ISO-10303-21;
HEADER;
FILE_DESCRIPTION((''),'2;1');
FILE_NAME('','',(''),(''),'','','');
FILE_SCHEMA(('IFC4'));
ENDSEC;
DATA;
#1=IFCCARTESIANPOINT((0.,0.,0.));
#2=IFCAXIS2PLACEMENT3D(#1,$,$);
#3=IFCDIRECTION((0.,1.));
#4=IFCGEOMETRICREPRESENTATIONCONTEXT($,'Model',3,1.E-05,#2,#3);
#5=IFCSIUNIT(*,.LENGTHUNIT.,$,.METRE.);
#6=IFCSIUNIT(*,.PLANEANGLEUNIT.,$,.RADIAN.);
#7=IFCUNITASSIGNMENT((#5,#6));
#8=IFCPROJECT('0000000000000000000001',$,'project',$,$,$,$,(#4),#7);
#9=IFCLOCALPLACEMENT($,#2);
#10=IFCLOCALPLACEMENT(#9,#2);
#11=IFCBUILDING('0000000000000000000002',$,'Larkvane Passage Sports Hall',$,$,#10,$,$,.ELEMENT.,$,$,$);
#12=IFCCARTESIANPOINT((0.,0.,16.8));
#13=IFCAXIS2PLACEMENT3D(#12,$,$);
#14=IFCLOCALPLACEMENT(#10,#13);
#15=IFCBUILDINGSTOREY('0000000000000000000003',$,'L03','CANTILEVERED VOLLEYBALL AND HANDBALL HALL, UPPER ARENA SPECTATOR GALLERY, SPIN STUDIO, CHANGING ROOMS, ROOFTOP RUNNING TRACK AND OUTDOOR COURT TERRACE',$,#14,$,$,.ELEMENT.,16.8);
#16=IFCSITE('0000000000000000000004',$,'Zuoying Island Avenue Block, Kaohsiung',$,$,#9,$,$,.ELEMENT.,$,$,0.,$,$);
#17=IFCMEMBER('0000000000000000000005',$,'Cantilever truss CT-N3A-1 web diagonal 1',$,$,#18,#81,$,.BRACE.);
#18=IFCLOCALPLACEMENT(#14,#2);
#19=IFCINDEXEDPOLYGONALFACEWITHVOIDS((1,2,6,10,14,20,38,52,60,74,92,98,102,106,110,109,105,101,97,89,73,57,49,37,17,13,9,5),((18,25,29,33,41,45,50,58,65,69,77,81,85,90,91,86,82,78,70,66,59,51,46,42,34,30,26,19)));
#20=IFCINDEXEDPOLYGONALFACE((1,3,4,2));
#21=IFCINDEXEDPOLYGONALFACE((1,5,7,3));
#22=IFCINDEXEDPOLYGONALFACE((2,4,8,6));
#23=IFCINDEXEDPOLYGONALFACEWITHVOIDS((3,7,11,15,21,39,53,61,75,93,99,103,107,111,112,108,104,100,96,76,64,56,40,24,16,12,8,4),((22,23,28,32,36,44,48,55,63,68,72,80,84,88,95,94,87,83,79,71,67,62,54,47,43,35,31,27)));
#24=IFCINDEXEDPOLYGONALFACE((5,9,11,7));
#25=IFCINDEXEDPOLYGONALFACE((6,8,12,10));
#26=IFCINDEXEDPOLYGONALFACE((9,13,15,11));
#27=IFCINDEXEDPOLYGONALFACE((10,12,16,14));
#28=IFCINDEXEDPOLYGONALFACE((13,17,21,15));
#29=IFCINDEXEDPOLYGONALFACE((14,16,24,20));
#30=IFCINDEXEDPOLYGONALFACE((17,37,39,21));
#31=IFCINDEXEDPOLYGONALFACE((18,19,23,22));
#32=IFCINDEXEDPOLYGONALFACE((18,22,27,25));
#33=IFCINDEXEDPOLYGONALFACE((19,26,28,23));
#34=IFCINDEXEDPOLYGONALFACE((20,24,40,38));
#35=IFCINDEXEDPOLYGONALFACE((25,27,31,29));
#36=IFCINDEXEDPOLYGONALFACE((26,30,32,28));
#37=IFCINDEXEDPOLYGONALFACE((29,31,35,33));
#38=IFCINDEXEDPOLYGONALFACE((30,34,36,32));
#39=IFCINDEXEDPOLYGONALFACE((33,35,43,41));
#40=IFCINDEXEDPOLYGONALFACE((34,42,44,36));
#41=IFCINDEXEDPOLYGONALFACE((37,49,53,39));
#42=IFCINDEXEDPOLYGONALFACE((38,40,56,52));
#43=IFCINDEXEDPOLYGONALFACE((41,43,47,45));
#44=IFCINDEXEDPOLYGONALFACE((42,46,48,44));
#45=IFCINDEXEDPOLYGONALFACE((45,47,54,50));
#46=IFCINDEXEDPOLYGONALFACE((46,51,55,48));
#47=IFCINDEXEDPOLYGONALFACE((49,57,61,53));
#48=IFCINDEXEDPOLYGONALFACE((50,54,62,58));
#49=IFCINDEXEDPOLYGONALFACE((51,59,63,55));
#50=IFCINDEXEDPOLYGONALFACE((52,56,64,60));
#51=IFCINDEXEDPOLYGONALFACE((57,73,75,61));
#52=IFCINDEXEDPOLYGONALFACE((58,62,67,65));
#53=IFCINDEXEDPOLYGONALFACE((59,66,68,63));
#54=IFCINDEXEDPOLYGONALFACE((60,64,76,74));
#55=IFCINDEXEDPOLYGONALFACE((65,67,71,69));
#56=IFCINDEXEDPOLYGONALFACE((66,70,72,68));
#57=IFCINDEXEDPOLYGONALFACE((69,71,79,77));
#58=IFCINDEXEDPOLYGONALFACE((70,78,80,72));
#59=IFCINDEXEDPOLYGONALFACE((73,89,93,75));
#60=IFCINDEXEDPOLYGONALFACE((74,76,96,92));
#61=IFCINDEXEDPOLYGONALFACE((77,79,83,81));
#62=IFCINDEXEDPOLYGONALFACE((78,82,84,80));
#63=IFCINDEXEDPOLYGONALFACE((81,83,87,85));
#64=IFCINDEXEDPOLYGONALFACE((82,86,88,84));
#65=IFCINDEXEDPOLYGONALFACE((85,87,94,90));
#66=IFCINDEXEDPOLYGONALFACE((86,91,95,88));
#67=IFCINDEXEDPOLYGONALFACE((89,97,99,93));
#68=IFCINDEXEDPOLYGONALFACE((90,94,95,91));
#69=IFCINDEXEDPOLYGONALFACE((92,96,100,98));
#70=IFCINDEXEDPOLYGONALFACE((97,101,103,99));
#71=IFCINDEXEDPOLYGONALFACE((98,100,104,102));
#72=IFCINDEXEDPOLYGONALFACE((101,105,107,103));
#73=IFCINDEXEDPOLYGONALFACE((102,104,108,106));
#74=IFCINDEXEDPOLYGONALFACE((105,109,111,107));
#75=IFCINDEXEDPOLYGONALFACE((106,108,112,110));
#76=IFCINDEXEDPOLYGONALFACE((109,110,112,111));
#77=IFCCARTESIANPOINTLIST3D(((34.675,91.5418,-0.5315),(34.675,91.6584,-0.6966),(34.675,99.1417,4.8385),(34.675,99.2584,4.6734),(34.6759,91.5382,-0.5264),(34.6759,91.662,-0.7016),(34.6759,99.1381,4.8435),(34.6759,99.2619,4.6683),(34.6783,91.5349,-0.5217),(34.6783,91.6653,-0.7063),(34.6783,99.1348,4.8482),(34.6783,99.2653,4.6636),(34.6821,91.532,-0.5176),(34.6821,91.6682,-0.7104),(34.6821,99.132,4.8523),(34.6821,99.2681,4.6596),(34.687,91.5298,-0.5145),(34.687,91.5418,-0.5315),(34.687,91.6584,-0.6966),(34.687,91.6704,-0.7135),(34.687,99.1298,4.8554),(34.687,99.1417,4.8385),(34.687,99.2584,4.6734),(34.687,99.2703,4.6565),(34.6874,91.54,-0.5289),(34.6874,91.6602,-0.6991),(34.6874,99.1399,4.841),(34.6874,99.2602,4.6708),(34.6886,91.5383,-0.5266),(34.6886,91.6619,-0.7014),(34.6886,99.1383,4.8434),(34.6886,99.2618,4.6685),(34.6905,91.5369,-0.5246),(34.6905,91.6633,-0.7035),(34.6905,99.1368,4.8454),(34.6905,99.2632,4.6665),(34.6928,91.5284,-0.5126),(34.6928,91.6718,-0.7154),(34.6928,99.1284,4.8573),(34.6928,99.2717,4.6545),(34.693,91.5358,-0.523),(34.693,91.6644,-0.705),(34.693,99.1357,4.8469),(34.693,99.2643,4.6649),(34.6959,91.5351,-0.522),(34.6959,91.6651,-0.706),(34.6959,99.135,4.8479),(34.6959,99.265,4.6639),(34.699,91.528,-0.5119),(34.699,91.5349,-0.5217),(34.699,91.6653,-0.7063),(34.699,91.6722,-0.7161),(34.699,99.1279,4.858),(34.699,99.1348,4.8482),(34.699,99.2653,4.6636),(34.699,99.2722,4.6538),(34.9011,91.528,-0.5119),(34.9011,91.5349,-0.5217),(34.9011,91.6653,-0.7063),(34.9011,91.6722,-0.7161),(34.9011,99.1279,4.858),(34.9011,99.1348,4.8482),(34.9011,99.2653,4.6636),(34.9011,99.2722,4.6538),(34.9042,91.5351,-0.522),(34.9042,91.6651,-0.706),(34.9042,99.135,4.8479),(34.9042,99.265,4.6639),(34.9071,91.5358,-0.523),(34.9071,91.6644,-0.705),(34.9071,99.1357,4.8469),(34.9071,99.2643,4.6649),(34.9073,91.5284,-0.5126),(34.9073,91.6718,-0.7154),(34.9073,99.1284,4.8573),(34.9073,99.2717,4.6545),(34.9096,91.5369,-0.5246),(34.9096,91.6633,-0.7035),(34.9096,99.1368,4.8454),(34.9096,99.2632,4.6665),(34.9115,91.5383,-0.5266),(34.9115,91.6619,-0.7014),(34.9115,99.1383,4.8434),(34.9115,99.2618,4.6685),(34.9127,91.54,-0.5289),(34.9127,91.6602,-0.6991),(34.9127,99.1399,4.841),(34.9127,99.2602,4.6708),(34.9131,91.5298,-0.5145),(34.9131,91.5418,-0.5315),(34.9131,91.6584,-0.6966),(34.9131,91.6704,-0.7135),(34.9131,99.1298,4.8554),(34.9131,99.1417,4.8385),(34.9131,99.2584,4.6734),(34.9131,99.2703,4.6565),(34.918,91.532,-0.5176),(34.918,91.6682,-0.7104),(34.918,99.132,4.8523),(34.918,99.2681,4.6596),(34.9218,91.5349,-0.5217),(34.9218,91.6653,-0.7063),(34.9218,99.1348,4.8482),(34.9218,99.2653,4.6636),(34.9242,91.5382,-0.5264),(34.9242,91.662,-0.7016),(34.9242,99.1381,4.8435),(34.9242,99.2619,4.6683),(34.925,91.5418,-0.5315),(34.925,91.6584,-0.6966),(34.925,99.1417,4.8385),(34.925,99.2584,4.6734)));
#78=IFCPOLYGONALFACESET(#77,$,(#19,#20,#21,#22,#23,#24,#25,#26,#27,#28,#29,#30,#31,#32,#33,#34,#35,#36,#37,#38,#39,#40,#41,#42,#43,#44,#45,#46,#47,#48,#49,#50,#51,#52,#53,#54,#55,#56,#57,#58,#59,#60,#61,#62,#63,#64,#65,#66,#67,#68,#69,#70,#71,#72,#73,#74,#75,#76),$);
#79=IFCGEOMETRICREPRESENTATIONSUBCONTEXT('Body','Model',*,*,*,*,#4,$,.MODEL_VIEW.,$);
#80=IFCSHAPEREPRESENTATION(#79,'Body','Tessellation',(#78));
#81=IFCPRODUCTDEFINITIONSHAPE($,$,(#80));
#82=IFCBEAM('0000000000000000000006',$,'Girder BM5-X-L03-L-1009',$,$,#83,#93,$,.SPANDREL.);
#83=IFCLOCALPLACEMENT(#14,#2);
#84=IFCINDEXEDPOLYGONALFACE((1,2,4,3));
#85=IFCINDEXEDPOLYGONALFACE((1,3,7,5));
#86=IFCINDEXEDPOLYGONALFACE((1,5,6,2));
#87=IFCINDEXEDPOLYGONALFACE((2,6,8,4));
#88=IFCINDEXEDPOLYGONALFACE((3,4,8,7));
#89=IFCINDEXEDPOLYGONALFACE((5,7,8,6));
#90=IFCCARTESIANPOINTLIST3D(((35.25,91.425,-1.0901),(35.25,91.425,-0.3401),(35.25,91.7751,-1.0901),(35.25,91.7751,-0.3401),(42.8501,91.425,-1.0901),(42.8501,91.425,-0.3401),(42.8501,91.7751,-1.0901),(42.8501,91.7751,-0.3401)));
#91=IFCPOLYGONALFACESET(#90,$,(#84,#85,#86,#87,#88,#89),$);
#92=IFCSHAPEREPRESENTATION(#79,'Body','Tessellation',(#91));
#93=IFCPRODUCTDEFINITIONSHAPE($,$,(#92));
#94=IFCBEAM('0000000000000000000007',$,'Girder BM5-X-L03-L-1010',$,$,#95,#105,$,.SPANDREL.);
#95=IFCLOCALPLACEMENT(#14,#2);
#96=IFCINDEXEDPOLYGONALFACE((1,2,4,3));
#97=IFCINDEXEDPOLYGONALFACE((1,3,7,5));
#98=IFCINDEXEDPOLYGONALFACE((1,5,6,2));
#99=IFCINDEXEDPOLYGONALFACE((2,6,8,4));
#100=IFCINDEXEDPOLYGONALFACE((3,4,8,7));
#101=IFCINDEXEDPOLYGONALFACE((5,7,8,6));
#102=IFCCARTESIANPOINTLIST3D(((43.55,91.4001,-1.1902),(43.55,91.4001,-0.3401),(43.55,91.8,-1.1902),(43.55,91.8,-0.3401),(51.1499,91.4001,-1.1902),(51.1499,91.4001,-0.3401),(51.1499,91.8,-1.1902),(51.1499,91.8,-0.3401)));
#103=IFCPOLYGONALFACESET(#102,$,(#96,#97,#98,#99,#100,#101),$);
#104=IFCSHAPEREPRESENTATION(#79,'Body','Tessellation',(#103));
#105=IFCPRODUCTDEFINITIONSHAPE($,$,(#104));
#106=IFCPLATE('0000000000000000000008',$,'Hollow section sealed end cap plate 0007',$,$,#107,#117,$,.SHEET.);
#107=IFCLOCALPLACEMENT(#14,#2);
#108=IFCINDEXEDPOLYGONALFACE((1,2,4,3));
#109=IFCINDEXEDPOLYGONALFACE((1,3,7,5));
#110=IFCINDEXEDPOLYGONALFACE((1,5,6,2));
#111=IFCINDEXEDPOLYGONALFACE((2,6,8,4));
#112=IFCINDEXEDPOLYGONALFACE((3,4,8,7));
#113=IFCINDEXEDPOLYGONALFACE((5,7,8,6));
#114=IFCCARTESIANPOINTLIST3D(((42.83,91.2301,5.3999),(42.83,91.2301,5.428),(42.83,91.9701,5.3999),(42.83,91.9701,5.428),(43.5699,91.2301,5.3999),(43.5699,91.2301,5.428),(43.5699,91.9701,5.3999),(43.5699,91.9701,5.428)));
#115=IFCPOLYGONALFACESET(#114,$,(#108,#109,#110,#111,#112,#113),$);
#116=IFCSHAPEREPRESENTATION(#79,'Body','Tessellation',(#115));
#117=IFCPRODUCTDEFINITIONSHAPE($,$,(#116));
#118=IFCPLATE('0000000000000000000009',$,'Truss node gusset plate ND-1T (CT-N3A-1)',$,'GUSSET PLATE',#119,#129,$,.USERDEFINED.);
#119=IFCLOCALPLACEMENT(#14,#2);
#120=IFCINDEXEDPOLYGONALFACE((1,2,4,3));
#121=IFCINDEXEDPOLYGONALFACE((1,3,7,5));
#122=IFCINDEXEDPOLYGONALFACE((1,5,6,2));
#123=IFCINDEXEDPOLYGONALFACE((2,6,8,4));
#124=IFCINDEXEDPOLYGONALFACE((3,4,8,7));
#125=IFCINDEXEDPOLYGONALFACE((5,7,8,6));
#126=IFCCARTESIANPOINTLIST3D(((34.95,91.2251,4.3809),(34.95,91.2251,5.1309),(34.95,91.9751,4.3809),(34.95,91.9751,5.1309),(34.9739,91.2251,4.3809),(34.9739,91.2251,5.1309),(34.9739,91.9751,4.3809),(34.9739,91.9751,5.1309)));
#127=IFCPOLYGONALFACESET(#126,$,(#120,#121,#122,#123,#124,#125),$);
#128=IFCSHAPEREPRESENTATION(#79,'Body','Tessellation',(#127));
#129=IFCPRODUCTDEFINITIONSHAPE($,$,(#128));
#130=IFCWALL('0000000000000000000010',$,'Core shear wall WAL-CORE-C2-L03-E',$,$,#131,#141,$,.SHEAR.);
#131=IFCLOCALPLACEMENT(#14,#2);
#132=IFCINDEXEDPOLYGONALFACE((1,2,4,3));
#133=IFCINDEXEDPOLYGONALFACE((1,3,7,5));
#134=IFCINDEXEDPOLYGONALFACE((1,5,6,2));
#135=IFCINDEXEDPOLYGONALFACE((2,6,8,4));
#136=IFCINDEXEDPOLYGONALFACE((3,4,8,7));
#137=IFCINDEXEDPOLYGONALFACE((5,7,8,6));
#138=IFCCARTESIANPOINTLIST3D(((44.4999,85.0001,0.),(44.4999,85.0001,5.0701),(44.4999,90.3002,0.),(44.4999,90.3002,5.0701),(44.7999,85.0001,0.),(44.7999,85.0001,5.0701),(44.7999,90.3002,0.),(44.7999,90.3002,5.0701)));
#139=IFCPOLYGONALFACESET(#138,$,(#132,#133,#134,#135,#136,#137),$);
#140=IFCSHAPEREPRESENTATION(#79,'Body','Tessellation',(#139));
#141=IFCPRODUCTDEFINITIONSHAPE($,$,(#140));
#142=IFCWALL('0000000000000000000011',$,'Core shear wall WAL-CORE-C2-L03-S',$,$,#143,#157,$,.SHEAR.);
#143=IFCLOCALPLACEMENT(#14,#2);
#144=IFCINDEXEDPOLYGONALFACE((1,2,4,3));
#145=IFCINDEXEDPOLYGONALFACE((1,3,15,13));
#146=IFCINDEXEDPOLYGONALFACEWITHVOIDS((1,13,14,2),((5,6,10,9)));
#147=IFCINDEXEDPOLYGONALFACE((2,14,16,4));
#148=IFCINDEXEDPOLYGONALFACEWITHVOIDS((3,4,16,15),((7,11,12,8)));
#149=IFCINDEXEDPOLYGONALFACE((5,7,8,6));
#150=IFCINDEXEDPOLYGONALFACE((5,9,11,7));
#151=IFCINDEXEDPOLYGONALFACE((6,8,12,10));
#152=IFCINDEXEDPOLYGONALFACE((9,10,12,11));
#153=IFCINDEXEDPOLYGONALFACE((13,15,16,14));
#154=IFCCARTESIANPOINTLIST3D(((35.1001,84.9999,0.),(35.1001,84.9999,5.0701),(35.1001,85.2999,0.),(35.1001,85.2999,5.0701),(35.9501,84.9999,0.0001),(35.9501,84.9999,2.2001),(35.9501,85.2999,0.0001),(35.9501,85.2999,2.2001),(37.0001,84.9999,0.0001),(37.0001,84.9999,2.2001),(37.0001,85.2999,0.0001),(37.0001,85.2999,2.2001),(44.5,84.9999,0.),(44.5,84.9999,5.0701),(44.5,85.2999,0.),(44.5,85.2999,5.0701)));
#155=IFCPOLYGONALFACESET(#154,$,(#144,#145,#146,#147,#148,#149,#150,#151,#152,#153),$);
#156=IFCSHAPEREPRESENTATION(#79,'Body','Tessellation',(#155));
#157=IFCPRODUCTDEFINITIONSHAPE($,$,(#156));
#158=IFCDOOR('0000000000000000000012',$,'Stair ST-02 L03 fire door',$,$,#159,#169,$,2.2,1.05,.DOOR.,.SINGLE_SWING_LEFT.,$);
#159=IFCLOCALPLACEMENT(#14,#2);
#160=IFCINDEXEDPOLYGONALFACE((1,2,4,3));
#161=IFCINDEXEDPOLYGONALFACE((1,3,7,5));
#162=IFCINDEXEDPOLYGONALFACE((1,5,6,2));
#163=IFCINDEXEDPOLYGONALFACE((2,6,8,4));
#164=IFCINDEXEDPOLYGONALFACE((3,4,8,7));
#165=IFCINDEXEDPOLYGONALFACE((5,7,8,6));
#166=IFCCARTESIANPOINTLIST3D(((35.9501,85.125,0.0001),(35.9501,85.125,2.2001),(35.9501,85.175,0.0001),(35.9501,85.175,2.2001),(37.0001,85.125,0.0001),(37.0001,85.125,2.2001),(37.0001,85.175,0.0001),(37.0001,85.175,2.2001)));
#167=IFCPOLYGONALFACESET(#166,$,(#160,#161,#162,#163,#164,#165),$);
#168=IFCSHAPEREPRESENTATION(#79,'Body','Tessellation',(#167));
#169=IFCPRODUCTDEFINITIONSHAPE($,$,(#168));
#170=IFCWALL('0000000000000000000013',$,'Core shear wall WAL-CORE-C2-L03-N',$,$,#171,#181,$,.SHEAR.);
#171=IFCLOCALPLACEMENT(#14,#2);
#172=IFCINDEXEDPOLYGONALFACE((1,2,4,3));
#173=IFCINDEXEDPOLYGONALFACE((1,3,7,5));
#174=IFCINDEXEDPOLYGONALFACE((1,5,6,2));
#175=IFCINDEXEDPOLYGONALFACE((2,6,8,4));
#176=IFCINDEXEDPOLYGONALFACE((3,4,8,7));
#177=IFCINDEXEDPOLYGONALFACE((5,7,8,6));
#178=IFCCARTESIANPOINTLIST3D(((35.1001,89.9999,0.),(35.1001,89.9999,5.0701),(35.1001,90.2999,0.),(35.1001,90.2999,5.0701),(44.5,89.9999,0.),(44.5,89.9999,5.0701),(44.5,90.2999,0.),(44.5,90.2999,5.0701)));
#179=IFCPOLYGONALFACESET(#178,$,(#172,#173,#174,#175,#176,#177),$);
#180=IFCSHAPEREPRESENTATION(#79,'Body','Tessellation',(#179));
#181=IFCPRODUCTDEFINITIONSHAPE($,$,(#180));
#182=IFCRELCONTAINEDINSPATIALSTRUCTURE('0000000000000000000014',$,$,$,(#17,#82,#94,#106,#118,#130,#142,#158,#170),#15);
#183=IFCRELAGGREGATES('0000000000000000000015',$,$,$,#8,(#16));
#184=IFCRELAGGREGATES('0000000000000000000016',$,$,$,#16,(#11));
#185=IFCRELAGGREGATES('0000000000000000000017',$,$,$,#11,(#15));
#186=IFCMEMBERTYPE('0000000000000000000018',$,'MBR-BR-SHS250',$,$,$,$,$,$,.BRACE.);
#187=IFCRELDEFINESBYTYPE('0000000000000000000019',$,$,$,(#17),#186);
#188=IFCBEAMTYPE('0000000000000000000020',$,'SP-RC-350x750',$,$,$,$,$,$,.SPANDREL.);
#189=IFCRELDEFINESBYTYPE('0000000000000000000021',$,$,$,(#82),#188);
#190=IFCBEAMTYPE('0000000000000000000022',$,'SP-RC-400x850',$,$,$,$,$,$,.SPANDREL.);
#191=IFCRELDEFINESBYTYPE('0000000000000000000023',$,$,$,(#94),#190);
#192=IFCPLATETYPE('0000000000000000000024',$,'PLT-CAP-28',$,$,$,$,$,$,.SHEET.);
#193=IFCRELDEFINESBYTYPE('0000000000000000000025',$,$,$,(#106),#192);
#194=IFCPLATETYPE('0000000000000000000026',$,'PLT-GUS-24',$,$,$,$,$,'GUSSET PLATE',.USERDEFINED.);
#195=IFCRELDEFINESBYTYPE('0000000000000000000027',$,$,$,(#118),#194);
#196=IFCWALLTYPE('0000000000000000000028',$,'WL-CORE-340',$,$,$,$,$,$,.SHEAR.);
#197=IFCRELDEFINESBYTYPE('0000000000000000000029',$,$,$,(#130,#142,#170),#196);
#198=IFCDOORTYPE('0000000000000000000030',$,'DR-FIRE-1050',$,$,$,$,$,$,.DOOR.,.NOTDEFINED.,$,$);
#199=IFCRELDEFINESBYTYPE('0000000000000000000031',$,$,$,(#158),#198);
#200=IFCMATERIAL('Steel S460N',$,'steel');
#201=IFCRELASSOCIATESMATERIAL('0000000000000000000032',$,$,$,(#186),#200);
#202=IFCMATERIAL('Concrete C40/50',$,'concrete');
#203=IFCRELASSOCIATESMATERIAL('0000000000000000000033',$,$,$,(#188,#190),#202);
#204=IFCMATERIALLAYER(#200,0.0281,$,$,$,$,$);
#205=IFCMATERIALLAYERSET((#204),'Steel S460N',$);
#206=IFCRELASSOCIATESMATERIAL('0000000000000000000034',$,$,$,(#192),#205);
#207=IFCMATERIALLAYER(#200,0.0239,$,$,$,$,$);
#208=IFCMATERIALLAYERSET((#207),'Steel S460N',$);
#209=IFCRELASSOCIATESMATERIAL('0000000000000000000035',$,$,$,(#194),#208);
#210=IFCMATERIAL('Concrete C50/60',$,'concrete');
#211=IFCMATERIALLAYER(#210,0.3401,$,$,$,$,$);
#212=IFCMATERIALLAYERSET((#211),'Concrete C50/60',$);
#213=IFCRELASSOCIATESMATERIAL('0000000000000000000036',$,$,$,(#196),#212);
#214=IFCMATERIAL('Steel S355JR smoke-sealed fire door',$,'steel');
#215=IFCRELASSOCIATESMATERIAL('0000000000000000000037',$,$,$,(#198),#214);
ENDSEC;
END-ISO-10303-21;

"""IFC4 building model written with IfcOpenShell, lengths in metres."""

from ifc_helpers import new_model, si_unit, direction, frame, frame_2d, origin, origin_2d, place, context, subcontext, project, spatial, rectangle, hollow_rectangle, extrude, material, layer, layer_set, material_profile, profile_set, type_object, element, fill, save


model = new_model("IFC4")

# Units and contexts
model_context = context("Model", 3, precision=1e-05, world=origin(), true_north=direction((0.0, 1.0)))
body_context = subcontext(model_context, "Body", "Model", "MODEL_VIEW")
ifc_project = project(units=[si_unit("LENGTHUNIT", "METRE"), si_unit("PLANEANGLEUNIT", "RADIAN")], contexts=[model_context])

# Site, building, storey
site_placement = place(None, origin())
site = spatial("IfcSite", under=ifc_project, at=site_placement, Name="Zuoying Island Avenue Block, Kaohsiung", CompositionType="ELEMENT", RefElevation=0.0)
building_placement = place(site_placement, origin())
building = spatial("IfcBuilding", under=site, at=building_placement, Name="Larkvane Passage Sports Hall", CompositionType="ELEMENT")
storey_placement = place(building_placement, frame((0.0, 0.0, 16.8)))
storey = spatial("IfcBuildingStorey", under=building, at=storey_placement, Name="L03", Description="CANTILEVERED VOLLEYBALL AND HANDBALL HALL, UPPER ARENA SPECTATOR GALLERY, SPIN STUDIO, CHANGING ROOMS, ROOFTOP RUNNING TRACK AND OUTDOOR COURT TERRACE", CompositionType="ELEMENT", Elevation=16.8)

# Shared definitions
ifc_material_1 = material(Name="Concrete C40/50", Category="concrete")
ifc_material_2 = material(Name="Steel S460N", Category="steel")

# Member
ifc_material_profile_1 = material_profile(ifc_material_2, hollow_rectangle(XDim=0.25, YDim=0.25, WallThickness=0.012, InnerFilletRadius=0.012, OuterFilletRadius=0.0239, at=origin_2d()), Name="SHS-250x250x12")
ifc_profile_set_1 = profile_set([ifc_material_profile_1], Name="Steel S460N")
member_type = type_object("IfcMemberType", Name="MBR-BR-SHS250", PredefinedType="BRACE", material=ifc_profile_set_1)
member_placement = place(storey_placement, frame((34.8, 91.6001, -0.614), z_axis=(0.0, 0.816701, 0.577061), x_axis=(-1.0, 0.0, 0.0)))
element("IfcMember", 1, at=member_placement, inside=storey, type_object=member_type, Name="Cantilever truss CT-N3A-1 web diagonal 1", PredefinedType="BRACE", context=body_context, shape_type="SweptSolid", body=[
    extrude(hollow_rectangle(XDim=0.25, YDim=0.25, WallThickness=0.012, InnerFilletRadius=0.012, OuterFilletRadius=0.0239, at=origin_2d()), origin(), (0.0, 0.0, 1.0), 9.3057),
])

# Beams
ifc_material_profile_2 = material_profile(ifc_material_1, rectangle(XDim=0.3501, YDim=0.75, at=origin_2d()), Name="RC-SP-350x750")
ifc_profile_set_2 = profile_set([ifc_material_profile_2], Name="Concrete C40/50")
beam_type_1 = type_object("IfcBeamType", Name="SP-RC-350x750", PredefinedType="SPANDREL", material=ifc_profile_set_2)
beam_1_placement = place(storey_placement, frame((35.25, 91.6001, -0.7151), z_axis=(1.0, 0.0, 0.0), x_axis=(0.0, 1.0, 0.0)))
element("IfcBeam", 2, at=beam_1_placement, inside=storey, type_object=beam_type_1, Name="Girder BM5-X-L03-L-1009", PredefinedType="SPANDREL", context=body_context, shape_type="SweptSolid", body=[
    extrude(rectangle(XDim=0.3501, YDim=0.75, at=origin_2d()), origin(), (0.0, 0.0, 1.0), 7.6001),
])
ifc_material_profile_3 = material_profile(ifc_material_1, rectangle(XDim=0.3999, YDim=0.8501, at=origin_2d()), Name="RC-SP-400x850")
ifc_profile_set_3 = profile_set([ifc_material_profile_3], Name="Concrete C40/50")
beam_type_2 = type_object("IfcBeamType", Name="SP-RC-400x850", PredefinedType="SPANDREL", material=ifc_profile_set_3)
beam_2_placement = place(storey_placement, frame((43.55, 91.6001, -0.7651), z_axis=(1.0, 0.0, 0.0), x_axis=(0.0, 1.0, 0.0)))
element("IfcBeam", 3, at=beam_2_placement, inside=storey, type_object=beam_type_2, Name="Girder BM5-X-L03-L-1010", PredefinedType="SPANDREL", context=body_context, shape_type="SweptSolid", body=[
    extrude(rectangle(XDim=0.3999, YDim=0.8501, at=origin_2d()), origin(), (0.0, 0.0, 1.0), 7.5999),
])

# Plates
ifc_layer_1 = layer(ifc_material_2, 0.0281)
ifc_layer_set_1 = layer_set([ifc_layer_1], Name="Steel S460N")
plate_type_1 = type_object("IfcPlateType", Name="PLT-CAP-28", PredefinedType="SHEET", material=ifc_layer_set_1)
plate_1_placement = place(storey_placement, frame((43.2, 91.6001, 5.3999), z_axis=(0.0, 0.0, 1.0), x_axis=(1.0, 0.0, 0.0)))
element("IfcPlate", 4, at=plate_1_placement, inside=storey, type_object=plate_type_1, Name="Hollow section sealed end cap plate 0007", PredefinedType="SHEET", context=body_context, shape_type="SweptSolid", body=[
    extrude(rectangle(XDim=0.74, YDim=0.74, at=origin_2d()), origin(), (0.0, 0.0, 1.0), 0.0281),
])
ifc_layer_2 = layer(ifc_material_2, 0.0239)
ifc_layer_set_2 = layer_set([ifc_layer_2], Name="Steel S460N")
plate_type_2 = type_object("IfcPlateType", Name="PLT-GUS-24", ElementType="GUSSET PLATE", PredefinedType="USERDEFINED", material=ifc_layer_set_2)
plate_2_placement = place(storey_placement, frame((34.9619, 91.6001, 4.3809), z_axis=(0.0, 0.0, 1.0), x_axis=(0.0, 1.0, 0.0)))
element("IfcPlate", 5, at=plate_2_placement, inside=storey, type_object=plate_type_2, Name="Truss node gusset plate ND-1T (CT-N3A-1)", ObjectType="GUSSET PLATE", PredefinedType="USERDEFINED", context=body_context, shape_type="SweptSolid", body=[
    extrude(rectangle(XDim=0.75, YDim=0.0239, at=origin_2d()), origin(), (0.0, 0.0, 1.0), 0.75),
])

# Wall
ifc_material_3 = material(Name="Concrete C50/60", Category="concrete")
ifc_layer_3 = layer(ifc_material_3, 0.3401)
ifc_layer_set_3 = layer_set([ifc_layer_3], Name="Concrete C50/60")
wall_type_1 = type_object("IfcWallType", Name="WL-CORE-340", PredefinedType="SHEAR", material=ifc_layer_set_3)
wall_1_placement = place(storey_placement, frame((44.6499, 90.3, 0.0), z_axis=(0.0, 0.0, 1.0), x_axis=(0.0, -1.0, 0.0)))
element("IfcWall", 6, at=wall_1_placement, inside=storey, type_object=wall_type_1, Name="Core shear wall WAL-CORE-C2-L03-E", PredefinedType="SHEAR", context=body_context, shape_type="SweptSolid", body=[
    extrude(rectangle(XDim=5.3, YDim=0.3, at=frame_2d((2.6499, 0.0))), origin(), (0.0, 0.0, 1.0), 5.0701),
])

# Wall, opening, door
wall_2_placement = place(storey_placement, frame((44.5, 85.1499, 0.0), z_axis=(0.0, 0.0, 1.0), x_axis=(-1.0, 0.0, 0.0)))
wall_2 = element("IfcWall", 7, at=wall_2_placement, inside=storey, type_object=wall_type_1, Name="Core shear wall WAL-CORE-C2-L03-S", PredefinedType="SHEAR", context=body_context, shape_type="SweptSolid", body=[
    extrude(rectangle(XDim=9.3999, YDim=0.3, at=frame_2d((4.7, 0.0))), origin(), (0.0, 0.0, 1.0), 5.0701),
])
opening_1_placement = place(wall_2_placement, frame((7.5, 0.0, 0.0)))
opening_1 = element("IfcOpeningElement", 8, at=opening_1_placement, cuts=wall_2, PredefinedType="OPENING", context=body_context, shape_type="SweptSolid", body=[
    extrude(rectangle(XDim=1.05, YDim=2.2, at=frame_2d((0.5249, 1.1001))), frame((0.0, 0.1599, 0.0), z_axis=(0.0, -1.0, 0.0), x_axis=(1.0, 0.0, 0.0)), (0.0, 0.0, 1.0), 0.3201),
])
ifc_material_4 = material(Name="Steel S355JR smoke-sealed fire door", Category="steel")
door_type_1 = type_object("IfcDoorType", Name="DR-FIRE-1050", OperationType="NOTDEFINED", PredefinedType="DOOR", material=ifc_material_4)
door_1_placement = place(opening_1_placement, origin())
door_1 = element("IfcDoor", 9, at=door_1_placement, inside=storey, type_object=door_type_1, Name="Stair ST-02 L03 fire door", OperationType="SINGLE_SWING_LEFT", OverallHeight=2.2, OverallWidth=1.05, PredefinedType="DOOR", context=body_context, shape_type="SweptSolid", body=[
    extrude(rectangle(XDim=1.05, YDim=2.2, at=frame_2d((0.5249, 1.1001))), frame((0.0, 0.0249, 0.0), z_axis=(0.0, -1.0, 0.0), x_axis=(1.0, 0.0, 0.0)), (0.0, 0.0, 1.0), 0.05),
])
fill(opening_1, door_1)

# Wall
wall_3_placement = place(storey_placement, frame((35.1001, 90.1499, 0.0), z_axis=(0.0, 0.0, 1.0), x_axis=(1.0, 0.0, 0.0)))
element("IfcWall", 10, at=wall_3_placement, inside=storey, type_object=wall_type_1, Name="Core shear wall WAL-CORE-C2-L03-N", PredefinedType="SHEAR", context=body_context, shape_type="SweptSolid", body=[
    extrude(rectangle(XDim=9.3999, YDim=0.3, at=frame_2d((4.7, 0.0))), origin(), (0.0, 0.0, 1.0), 5.0701),
])

save(model, "model.ifc")
